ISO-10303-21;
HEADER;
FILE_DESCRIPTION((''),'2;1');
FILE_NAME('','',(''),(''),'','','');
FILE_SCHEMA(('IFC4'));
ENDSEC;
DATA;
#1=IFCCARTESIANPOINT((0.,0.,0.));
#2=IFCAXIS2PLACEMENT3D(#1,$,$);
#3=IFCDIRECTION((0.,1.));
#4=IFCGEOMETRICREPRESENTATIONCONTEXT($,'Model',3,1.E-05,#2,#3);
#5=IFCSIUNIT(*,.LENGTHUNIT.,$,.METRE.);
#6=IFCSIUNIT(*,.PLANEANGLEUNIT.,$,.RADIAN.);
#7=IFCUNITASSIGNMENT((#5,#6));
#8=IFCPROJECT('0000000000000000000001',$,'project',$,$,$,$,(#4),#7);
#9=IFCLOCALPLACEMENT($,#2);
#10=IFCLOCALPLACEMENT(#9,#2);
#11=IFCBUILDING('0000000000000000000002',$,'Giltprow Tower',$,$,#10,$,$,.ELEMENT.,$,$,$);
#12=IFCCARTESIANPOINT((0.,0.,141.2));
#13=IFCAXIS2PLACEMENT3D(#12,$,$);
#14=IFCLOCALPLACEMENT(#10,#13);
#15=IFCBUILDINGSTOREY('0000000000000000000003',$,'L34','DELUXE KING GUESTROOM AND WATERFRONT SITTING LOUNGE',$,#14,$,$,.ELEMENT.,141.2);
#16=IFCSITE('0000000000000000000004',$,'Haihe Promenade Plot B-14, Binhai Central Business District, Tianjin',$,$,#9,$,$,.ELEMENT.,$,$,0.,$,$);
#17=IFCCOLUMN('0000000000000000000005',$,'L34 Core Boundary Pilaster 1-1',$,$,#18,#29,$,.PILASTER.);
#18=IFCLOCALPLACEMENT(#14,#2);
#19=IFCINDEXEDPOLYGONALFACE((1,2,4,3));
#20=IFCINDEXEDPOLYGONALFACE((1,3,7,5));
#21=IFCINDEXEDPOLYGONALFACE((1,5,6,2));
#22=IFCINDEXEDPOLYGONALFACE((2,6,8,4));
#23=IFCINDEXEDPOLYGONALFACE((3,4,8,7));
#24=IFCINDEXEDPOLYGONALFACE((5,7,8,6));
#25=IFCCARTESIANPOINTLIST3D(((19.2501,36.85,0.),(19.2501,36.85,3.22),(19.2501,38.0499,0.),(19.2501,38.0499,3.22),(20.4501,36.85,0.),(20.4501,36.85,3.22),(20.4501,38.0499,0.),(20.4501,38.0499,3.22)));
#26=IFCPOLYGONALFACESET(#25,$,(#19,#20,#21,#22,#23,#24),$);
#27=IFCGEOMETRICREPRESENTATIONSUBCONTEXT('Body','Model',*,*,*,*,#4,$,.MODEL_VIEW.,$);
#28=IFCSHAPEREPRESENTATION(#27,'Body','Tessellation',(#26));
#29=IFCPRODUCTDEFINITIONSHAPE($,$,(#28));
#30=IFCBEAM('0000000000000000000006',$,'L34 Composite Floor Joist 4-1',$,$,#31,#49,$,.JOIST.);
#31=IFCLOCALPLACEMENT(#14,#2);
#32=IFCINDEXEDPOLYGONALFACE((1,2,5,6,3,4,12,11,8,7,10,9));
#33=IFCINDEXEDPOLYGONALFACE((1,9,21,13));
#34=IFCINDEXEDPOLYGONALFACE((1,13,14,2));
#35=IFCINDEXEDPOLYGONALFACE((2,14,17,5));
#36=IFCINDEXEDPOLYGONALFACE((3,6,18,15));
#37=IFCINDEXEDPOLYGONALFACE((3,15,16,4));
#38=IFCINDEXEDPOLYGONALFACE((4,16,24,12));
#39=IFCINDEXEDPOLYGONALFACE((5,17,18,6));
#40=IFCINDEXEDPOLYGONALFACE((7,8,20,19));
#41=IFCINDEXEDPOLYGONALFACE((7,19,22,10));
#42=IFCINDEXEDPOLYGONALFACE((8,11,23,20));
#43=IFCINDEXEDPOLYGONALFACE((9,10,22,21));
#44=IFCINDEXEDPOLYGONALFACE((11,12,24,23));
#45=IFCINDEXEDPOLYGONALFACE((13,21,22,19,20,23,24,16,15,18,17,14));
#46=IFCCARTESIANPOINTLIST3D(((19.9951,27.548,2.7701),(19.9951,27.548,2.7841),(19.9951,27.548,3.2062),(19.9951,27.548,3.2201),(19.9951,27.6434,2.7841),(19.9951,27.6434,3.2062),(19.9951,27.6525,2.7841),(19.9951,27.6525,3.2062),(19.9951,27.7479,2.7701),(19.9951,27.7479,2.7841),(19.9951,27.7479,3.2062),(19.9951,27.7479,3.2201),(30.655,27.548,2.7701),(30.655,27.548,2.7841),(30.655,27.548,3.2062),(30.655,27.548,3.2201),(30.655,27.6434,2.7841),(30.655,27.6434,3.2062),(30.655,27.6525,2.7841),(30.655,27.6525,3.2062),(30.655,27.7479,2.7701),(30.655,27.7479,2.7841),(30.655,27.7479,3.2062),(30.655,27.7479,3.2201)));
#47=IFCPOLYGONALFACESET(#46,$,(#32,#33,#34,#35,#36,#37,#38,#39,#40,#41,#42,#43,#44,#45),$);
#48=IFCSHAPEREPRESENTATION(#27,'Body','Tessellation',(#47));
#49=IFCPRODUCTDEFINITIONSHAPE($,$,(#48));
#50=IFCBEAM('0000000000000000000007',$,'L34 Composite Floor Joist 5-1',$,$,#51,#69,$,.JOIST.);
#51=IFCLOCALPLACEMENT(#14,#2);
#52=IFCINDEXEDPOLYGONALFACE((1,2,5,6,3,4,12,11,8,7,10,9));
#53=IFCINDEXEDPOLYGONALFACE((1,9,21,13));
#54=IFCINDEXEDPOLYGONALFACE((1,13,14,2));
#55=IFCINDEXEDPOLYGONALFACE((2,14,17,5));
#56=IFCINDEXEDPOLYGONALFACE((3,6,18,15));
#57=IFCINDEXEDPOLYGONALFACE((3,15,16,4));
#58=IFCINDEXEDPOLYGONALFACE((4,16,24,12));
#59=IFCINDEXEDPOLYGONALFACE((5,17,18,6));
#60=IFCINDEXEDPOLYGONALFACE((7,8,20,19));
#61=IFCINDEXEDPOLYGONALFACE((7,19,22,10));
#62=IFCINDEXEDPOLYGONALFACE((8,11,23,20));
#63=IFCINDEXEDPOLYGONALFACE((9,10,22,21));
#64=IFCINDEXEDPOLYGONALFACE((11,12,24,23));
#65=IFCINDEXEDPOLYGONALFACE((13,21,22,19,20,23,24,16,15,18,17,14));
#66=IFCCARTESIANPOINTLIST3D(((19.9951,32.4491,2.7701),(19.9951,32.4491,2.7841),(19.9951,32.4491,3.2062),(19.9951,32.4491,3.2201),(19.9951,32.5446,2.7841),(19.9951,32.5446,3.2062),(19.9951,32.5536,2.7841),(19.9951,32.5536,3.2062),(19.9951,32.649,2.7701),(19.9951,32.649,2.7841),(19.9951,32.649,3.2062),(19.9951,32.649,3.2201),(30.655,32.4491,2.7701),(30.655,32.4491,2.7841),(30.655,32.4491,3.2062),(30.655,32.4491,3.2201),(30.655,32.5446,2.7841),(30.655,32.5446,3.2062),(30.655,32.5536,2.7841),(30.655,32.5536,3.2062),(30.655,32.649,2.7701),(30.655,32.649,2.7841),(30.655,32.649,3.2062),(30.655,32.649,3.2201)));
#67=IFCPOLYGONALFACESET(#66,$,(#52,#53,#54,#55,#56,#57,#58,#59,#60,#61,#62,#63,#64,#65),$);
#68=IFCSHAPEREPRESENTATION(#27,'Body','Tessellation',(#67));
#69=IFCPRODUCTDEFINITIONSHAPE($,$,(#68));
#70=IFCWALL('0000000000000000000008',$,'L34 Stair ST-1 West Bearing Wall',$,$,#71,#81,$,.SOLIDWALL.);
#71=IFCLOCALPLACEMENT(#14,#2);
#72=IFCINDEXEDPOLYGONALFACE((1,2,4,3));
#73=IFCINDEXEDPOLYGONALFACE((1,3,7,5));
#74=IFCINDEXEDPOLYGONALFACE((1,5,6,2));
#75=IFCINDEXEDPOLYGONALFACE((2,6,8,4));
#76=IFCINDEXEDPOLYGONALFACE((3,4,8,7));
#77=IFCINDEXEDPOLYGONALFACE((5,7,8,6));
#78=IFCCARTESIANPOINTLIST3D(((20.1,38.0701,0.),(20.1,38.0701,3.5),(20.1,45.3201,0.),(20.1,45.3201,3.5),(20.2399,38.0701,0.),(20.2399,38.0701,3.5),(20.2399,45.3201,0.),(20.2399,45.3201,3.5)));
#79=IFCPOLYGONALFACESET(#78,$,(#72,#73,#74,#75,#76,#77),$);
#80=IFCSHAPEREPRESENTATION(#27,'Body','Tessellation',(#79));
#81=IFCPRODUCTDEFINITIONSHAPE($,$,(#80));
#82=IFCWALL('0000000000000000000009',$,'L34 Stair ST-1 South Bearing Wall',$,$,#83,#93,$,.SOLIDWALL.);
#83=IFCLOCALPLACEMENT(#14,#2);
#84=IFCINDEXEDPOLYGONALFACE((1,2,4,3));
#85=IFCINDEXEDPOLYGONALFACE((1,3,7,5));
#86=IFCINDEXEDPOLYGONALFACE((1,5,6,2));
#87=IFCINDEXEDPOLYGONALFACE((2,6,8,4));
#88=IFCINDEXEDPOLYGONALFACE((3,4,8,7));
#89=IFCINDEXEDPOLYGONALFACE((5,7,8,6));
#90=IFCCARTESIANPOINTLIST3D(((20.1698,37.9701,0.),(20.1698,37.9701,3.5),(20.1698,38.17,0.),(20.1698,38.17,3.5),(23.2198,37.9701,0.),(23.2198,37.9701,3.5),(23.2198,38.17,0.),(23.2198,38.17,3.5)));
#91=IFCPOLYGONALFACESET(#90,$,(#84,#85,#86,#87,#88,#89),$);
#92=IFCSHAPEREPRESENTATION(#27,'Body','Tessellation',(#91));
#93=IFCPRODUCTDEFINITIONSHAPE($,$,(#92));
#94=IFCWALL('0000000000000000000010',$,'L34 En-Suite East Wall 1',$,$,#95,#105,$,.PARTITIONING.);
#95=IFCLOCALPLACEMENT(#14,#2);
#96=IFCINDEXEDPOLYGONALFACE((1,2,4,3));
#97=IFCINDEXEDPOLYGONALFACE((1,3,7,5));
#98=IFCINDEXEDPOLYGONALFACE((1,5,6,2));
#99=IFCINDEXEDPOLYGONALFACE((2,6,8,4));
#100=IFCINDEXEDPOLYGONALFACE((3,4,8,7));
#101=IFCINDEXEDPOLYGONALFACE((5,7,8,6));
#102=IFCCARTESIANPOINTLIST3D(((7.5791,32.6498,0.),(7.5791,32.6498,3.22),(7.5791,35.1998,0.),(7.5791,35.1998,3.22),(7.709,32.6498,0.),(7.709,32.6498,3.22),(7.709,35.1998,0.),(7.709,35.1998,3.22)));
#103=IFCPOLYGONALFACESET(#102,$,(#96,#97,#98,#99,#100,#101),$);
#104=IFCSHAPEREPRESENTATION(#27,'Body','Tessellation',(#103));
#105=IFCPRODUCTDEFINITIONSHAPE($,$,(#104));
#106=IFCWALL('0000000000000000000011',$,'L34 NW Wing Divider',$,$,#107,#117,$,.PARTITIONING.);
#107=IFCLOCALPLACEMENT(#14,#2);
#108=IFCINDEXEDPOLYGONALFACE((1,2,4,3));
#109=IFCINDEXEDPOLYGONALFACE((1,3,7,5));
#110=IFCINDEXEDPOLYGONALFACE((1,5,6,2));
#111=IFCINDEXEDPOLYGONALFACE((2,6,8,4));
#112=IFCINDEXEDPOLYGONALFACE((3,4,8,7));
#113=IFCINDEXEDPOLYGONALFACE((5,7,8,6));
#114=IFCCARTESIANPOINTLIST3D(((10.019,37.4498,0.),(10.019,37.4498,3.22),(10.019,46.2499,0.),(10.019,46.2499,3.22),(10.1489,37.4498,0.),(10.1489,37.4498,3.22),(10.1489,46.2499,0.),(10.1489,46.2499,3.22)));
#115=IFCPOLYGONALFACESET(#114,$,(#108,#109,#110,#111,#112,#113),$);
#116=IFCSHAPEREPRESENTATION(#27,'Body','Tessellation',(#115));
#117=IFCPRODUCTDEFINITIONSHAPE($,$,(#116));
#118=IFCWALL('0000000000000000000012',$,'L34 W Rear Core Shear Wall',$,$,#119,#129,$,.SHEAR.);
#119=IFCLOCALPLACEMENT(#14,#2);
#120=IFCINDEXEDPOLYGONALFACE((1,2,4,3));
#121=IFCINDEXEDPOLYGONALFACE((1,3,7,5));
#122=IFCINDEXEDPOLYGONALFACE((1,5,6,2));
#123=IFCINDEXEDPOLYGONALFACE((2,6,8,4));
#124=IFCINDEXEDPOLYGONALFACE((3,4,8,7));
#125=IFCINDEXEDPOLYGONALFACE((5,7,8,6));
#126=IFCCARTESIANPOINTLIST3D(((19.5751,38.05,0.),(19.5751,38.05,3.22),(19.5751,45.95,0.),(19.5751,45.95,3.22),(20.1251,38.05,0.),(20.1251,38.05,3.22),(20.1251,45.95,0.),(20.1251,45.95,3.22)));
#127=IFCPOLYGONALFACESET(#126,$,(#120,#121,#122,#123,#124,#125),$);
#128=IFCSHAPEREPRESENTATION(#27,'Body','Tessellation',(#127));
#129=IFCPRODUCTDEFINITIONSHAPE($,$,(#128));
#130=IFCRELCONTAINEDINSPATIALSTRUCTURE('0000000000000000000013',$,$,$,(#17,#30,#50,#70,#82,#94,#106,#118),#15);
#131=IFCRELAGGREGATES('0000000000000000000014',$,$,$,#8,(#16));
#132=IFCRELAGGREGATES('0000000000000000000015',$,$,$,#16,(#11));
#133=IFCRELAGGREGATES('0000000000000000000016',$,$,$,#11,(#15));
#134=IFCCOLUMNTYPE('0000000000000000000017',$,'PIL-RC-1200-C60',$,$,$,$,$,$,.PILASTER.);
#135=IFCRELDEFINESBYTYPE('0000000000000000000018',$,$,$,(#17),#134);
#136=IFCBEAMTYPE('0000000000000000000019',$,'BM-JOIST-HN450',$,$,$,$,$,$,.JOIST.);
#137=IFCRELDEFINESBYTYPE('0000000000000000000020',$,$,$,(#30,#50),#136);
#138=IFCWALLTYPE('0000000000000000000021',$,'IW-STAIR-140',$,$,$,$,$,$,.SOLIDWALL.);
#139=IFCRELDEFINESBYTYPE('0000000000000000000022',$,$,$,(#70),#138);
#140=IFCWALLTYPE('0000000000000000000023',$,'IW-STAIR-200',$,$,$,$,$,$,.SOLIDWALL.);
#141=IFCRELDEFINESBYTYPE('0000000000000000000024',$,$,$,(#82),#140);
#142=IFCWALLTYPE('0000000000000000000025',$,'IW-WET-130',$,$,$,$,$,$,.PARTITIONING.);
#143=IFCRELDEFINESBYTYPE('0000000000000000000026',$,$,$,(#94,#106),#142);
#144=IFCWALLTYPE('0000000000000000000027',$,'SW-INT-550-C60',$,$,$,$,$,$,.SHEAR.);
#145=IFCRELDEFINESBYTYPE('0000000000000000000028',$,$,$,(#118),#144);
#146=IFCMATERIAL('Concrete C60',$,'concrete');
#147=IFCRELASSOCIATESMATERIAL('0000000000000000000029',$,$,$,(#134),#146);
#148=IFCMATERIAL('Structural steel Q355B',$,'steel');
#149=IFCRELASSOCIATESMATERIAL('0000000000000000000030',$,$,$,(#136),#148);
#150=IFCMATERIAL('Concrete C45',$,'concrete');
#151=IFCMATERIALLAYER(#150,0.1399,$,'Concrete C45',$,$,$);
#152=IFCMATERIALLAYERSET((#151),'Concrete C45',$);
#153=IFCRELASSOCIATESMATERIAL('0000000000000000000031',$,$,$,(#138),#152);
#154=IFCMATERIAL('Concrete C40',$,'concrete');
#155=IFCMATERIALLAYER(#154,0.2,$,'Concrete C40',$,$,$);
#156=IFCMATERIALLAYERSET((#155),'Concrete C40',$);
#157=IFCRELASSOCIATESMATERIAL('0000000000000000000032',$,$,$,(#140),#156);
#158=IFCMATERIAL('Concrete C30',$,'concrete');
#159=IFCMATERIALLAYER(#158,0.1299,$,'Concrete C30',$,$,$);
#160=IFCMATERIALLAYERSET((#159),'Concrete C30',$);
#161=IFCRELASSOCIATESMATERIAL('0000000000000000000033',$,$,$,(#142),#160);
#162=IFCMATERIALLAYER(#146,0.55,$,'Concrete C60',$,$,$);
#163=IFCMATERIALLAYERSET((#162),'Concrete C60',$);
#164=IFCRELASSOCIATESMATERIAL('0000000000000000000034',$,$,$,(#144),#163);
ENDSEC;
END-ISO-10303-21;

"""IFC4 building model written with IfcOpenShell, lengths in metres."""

from ifc_helpers import new_model, si_unit, direction, frame, frame_2d, origin, origin_2d, place, context, subcontext, project, spatial, rectangle, i_section, extrude, source, transform, mapped, material, layer, layer_set, material_profile, profile_set, type_object, element, save


model = new_model("IFC4")

# Units and contexts
model_context = context("Model", 3, precision=1e-05, world=origin(), true_north=direction((0.0, 1.0)))
body_context = subcontext(model_context, "Body", "Model", "MODEL_VIEW")
ifc_project = project(units=[si_unit("LENGTHUNIT", "METRE"), si_unit("PLANEANGLEUNIT", "RADIAN")], contexts=[model_context])

# Site, building, storey
site_placement = place(None, origin())
site = spatial("IfcSite", under=ifc_project, at=site_placement, Name="Haihe Promenade Plot B-14, Binhai Central Business District, Tianjin", CompositionType="ELEMENT", RefElevation=0.0)
building_placement = place(site_placement, origin())
building = spatial("IfcBuilding", under=site, at=building_placement, Name="Giltprow Tower", CompositionType="ELEMENT")
storey_placement = place(building_placement, frame((0.0, 0.0, 141.2)))
storey = spatial("IfcBuildingStorey", under=building, at=storey_placement, Name="L34", Description="DELUXE KING GUESTROOM AND WATERFRONT SITTING LOUNGE", CompositionType="ELEMENT", Elevation=141.2)

# Column
ifc_material_1 = material(Name="Concrete C60", Category="concrete")
ifc_material_profile_1 = material_profile(ifc_material_1, rectangle(XDim=1.2, YDim=1.2, at=origin_2d()), Name="RC 1200x1200")
ifc_profile_set_1 = profile_set([ifc_material_profile_1], Name="Concrete C60")
column_type = type_object("IfcColumnType", Name="PIL-RC-1200-C60", PredefinedType="PILASTER", material=ifc_profile_set_1)
shared_shape_1 = source(origin(), body_context, "Body", "SweptSolid", [
    extrude(rectangle(XDim=1.2, YDim=1.2, at=origin_2d()), origin(), (0.0, 0.0, 1.0), 3.22),
])
column_placement = place(storey_placement, frame((19.8501, 37.45, 0.0), z_axis=(0.0, 0.0, 1.0), x_axis=(1.0, 0.0, 0.0)))
element("IfcColumn", 1, at=column_placement, inside=storey, type_object=column_type, Name="L34 Core Boundary Pilaster 1-1", PredefinedType="PILASTER", context=body_context, shape_type="MappedRepresentation", body=[
    mapped(shared_shape_1, transform((0.0, 0.0, 0.0), x_axis=(1.0, 0.0, 0.0), y_axis=(0.0, 1.0, 0.0), z_axis=(0.0, 0.0, 1.0), scale=1.0)),
])

# Beams
ifc_material_2 = material(Name="Structural steel Q355B", Category="steel")
ifc_material_profile_2 = material_profile(ifc_material_2, i_section(OverallWidth=0.2, OverallDepth=0.45, WebThickness=0.009, FlangeThickness=0.0139, at=origin_2d()), Name="HN 450x200x9x14")
ifc_profile_set_2 = profile_set([ifc_material_profile_2], Name="Structural steel Q355B")
beam_type = type_object("IfcBeamType", Name="BM-JOIST-HN450", PredefinedType="JOIST", material=ifc_profile_set_2)
shared_shape_2 = source(origin(), body_context, "Body", "SweptSolid", [
    extrude(i_section(OverallWidth=0.2, OverallDepth=0.45, WebThickness=0.009, FlangeThickness=0.0139, at=origin_2d()), origin(), (0.0, 0.0, 1.0), 10.6599),
])
for number, where, z_axis, x_axis, name in (
    (2, (19.9951, 27.6479, 2.9951), (1.0, 0.0, 0.0), (0.0, 1.0, 0.0), "L34 Composite Floor Joist 4-1"),
    (3, (19.9951, 32.5491, 2.9951), (1.0, 0.0, 0.0), (0.0, 1.0, 0.0), "L34 Composite Floor Joist 5-1"),
):
    element("IfcBeam", number, at=place(storey_placement, frame(where, z_axis=z_axis, x_axis=x_axis)), inside=storey, type_object=beam_type, Name=name, PredefinedType="JOIST", context=body_context, shape_type="MappedRepresentation", body=[
        mapped(shared_shape_2, transform((0.0, 0.0, 0.0), x_axis=(1.0, 0.0, 0.0), y_axis=(0.0, 1.0, 0.0), z_axis=(0.0, 0.0, 1.0), scale=1.0)),
    ])

# Walls
ifc_material_3 = material(Name="Concrete C45", Category="concrete")
ifc_layer_1 = layer(ifc_material_3, 0.1399, Name="Concrete C45")
ifc_layer_set_1 = layer_set([ifc_layer_1], Name="Concrete C45")
wall_type_1 = type_object("IfcWallType", Name="IW-STAIR-140", PredefinedType="SOLIDWALL", material=ifc_layer_set_1)
wall_1_placement = place(storey_placement, frame((20.1699, 38.0701, 0.0), z_axis=(0.0, 0.0, 1.0), x_axis=(0.0, 1.0, 0.0)))
element("IfcWall", 4, at=wall_1_placement, inside=storey, type_object=wall_type_1, Name="L34 Stair ST-1 West Bearing Wall", PredefinedType="SOLIDWALL", context=body_context, shape_type="SweptSolid", body=[
    extrude(rectangle(XDim=7.25, YDim=0.1399, at=frame_2d((3.625, 0.0))), origin(), (0.0, 0.0, 1.0), 3.5),
])
ifc_material_4 = material(Name="Concrete C40", Category="concrete")
ifc_layer_2 = layer(ifc_material_4, 0.2, Name="Concrete C40")
ifc_layer_set_2 = layer_set([ifc_layer_2], Name="Concrete C40")
wall_type_2 = type_object("IfcWallType", Name="IW-STAIR-200", PredefinedType="SOLIDWALL", material=ifc_layer_set_2)
wall_2_placement = place(storey_placement, frame((20.1699, 38.0701, 0.0), z_axis=(0.0, 0.0, 1.0), x_axis=(1.0, 0.0, 0.0)))
element("IfcWall", 5, at=wall_2_placement, inside=storey, type_object=wall_type_2, Name="L34 Stair ST-1 South Bearing Wall", PredefinedType="SOLIDWALL", context=body_context, shape_type="SweptSolid", body=[
    extrude(rectangle(XDim=3.05, YDim=0.2, at=frame_2d((1.5249, 0.0))), origin(), (0.0, 0.0, 1.0), 3.5),
])
ifc_material_5 = material(Name="Concrete C30", Category="concrete")
ifc_layer_3 = layer(ifc_material_5, 0.1299, Name="Concrete C30")
ifc_layer_set_3 = layer_set([ifc_layer_3], Name="Concrete C30")
wall_type_3 = type_object("IfcWallType", Name="IW-WET-130", PredefinedType="PARTITIONING", material=ifc_layer_set_3)
wall_3_placement = place(storey_placement, frame((7.644, 32.6499, 0.0), z_axis=(0.0, 0.0, 1.0), x_axis=(0.0, 1.0, 0.0)))
element("IfcWall", 6, at=wall_3_placement, inside=storey, type_object=wall_type_3, Name="L34 En-Suite East Wall 1", PredefinedType="PARTITIONING", context=body_context, shape_type="SweptSolid", body=[
    extrude(rectangle(XDim=2.55, YDim=0.1299, at=frame_2d((1.2749, 0.0))), origin(), (0.0, 0.0, 1.0), 3.22),
])
wall_4_placement = place(storey_placement, frame((10.084, 37.45, 0.0), z_axis=(0.0, 0.0, 1.0), x_axis=(0.0, 1.0, 0.0)))
element("IfcWall", 7, at=wall_4_placement, inside=storey, type_object=wall_type_3, Name="L34 NW Wing Divider", PredefinedType="PARTITIONING", context=body_context, shape_type="SweptSolid", body=[
    extrude(rectangle(XDim=8.8, YDim=0.1299, at=frame_2d((4.3999, 0.0))), origin(), (0.0, 0.0, 1.0), 3.22),
])

# Shared definitions
ifc_layer_4 = layer(ifc_material_1, 0.55, Name="Concrete C60")
ifc_layer_set_4 = layer_set([ifc_layer_4], Name="Concrete C60")
wall_type_4 = type_object("IfcWallType", Name="SW-INT-550-C60", PredefinedType="SHEAR", material=ifc_layer_set_4)

# Wall
wall_5_placement = place(storey_placement, frame((19.8501, 38.05, 0.0), z_axis=(0.0, 0.0, 1.0), x_axis=(0.0, 1.0, 0.0)))
element("IfcWall", 8, at=wall_5_placement, inside=storey, type_object=wall_type_4, Name="L34 W Rear Core Shear Wall", PredefinedType="SHEAR", context=body_context, shape_type="SweptSolid", body=[
    extrude(rectangle(XDim=7.8999, YDim=0.55, at=frame_2d((3.95, 0.0))), origin(), (0.0, 0.0, 1.0), 3.22),
])

save(model, "model.ifc")
